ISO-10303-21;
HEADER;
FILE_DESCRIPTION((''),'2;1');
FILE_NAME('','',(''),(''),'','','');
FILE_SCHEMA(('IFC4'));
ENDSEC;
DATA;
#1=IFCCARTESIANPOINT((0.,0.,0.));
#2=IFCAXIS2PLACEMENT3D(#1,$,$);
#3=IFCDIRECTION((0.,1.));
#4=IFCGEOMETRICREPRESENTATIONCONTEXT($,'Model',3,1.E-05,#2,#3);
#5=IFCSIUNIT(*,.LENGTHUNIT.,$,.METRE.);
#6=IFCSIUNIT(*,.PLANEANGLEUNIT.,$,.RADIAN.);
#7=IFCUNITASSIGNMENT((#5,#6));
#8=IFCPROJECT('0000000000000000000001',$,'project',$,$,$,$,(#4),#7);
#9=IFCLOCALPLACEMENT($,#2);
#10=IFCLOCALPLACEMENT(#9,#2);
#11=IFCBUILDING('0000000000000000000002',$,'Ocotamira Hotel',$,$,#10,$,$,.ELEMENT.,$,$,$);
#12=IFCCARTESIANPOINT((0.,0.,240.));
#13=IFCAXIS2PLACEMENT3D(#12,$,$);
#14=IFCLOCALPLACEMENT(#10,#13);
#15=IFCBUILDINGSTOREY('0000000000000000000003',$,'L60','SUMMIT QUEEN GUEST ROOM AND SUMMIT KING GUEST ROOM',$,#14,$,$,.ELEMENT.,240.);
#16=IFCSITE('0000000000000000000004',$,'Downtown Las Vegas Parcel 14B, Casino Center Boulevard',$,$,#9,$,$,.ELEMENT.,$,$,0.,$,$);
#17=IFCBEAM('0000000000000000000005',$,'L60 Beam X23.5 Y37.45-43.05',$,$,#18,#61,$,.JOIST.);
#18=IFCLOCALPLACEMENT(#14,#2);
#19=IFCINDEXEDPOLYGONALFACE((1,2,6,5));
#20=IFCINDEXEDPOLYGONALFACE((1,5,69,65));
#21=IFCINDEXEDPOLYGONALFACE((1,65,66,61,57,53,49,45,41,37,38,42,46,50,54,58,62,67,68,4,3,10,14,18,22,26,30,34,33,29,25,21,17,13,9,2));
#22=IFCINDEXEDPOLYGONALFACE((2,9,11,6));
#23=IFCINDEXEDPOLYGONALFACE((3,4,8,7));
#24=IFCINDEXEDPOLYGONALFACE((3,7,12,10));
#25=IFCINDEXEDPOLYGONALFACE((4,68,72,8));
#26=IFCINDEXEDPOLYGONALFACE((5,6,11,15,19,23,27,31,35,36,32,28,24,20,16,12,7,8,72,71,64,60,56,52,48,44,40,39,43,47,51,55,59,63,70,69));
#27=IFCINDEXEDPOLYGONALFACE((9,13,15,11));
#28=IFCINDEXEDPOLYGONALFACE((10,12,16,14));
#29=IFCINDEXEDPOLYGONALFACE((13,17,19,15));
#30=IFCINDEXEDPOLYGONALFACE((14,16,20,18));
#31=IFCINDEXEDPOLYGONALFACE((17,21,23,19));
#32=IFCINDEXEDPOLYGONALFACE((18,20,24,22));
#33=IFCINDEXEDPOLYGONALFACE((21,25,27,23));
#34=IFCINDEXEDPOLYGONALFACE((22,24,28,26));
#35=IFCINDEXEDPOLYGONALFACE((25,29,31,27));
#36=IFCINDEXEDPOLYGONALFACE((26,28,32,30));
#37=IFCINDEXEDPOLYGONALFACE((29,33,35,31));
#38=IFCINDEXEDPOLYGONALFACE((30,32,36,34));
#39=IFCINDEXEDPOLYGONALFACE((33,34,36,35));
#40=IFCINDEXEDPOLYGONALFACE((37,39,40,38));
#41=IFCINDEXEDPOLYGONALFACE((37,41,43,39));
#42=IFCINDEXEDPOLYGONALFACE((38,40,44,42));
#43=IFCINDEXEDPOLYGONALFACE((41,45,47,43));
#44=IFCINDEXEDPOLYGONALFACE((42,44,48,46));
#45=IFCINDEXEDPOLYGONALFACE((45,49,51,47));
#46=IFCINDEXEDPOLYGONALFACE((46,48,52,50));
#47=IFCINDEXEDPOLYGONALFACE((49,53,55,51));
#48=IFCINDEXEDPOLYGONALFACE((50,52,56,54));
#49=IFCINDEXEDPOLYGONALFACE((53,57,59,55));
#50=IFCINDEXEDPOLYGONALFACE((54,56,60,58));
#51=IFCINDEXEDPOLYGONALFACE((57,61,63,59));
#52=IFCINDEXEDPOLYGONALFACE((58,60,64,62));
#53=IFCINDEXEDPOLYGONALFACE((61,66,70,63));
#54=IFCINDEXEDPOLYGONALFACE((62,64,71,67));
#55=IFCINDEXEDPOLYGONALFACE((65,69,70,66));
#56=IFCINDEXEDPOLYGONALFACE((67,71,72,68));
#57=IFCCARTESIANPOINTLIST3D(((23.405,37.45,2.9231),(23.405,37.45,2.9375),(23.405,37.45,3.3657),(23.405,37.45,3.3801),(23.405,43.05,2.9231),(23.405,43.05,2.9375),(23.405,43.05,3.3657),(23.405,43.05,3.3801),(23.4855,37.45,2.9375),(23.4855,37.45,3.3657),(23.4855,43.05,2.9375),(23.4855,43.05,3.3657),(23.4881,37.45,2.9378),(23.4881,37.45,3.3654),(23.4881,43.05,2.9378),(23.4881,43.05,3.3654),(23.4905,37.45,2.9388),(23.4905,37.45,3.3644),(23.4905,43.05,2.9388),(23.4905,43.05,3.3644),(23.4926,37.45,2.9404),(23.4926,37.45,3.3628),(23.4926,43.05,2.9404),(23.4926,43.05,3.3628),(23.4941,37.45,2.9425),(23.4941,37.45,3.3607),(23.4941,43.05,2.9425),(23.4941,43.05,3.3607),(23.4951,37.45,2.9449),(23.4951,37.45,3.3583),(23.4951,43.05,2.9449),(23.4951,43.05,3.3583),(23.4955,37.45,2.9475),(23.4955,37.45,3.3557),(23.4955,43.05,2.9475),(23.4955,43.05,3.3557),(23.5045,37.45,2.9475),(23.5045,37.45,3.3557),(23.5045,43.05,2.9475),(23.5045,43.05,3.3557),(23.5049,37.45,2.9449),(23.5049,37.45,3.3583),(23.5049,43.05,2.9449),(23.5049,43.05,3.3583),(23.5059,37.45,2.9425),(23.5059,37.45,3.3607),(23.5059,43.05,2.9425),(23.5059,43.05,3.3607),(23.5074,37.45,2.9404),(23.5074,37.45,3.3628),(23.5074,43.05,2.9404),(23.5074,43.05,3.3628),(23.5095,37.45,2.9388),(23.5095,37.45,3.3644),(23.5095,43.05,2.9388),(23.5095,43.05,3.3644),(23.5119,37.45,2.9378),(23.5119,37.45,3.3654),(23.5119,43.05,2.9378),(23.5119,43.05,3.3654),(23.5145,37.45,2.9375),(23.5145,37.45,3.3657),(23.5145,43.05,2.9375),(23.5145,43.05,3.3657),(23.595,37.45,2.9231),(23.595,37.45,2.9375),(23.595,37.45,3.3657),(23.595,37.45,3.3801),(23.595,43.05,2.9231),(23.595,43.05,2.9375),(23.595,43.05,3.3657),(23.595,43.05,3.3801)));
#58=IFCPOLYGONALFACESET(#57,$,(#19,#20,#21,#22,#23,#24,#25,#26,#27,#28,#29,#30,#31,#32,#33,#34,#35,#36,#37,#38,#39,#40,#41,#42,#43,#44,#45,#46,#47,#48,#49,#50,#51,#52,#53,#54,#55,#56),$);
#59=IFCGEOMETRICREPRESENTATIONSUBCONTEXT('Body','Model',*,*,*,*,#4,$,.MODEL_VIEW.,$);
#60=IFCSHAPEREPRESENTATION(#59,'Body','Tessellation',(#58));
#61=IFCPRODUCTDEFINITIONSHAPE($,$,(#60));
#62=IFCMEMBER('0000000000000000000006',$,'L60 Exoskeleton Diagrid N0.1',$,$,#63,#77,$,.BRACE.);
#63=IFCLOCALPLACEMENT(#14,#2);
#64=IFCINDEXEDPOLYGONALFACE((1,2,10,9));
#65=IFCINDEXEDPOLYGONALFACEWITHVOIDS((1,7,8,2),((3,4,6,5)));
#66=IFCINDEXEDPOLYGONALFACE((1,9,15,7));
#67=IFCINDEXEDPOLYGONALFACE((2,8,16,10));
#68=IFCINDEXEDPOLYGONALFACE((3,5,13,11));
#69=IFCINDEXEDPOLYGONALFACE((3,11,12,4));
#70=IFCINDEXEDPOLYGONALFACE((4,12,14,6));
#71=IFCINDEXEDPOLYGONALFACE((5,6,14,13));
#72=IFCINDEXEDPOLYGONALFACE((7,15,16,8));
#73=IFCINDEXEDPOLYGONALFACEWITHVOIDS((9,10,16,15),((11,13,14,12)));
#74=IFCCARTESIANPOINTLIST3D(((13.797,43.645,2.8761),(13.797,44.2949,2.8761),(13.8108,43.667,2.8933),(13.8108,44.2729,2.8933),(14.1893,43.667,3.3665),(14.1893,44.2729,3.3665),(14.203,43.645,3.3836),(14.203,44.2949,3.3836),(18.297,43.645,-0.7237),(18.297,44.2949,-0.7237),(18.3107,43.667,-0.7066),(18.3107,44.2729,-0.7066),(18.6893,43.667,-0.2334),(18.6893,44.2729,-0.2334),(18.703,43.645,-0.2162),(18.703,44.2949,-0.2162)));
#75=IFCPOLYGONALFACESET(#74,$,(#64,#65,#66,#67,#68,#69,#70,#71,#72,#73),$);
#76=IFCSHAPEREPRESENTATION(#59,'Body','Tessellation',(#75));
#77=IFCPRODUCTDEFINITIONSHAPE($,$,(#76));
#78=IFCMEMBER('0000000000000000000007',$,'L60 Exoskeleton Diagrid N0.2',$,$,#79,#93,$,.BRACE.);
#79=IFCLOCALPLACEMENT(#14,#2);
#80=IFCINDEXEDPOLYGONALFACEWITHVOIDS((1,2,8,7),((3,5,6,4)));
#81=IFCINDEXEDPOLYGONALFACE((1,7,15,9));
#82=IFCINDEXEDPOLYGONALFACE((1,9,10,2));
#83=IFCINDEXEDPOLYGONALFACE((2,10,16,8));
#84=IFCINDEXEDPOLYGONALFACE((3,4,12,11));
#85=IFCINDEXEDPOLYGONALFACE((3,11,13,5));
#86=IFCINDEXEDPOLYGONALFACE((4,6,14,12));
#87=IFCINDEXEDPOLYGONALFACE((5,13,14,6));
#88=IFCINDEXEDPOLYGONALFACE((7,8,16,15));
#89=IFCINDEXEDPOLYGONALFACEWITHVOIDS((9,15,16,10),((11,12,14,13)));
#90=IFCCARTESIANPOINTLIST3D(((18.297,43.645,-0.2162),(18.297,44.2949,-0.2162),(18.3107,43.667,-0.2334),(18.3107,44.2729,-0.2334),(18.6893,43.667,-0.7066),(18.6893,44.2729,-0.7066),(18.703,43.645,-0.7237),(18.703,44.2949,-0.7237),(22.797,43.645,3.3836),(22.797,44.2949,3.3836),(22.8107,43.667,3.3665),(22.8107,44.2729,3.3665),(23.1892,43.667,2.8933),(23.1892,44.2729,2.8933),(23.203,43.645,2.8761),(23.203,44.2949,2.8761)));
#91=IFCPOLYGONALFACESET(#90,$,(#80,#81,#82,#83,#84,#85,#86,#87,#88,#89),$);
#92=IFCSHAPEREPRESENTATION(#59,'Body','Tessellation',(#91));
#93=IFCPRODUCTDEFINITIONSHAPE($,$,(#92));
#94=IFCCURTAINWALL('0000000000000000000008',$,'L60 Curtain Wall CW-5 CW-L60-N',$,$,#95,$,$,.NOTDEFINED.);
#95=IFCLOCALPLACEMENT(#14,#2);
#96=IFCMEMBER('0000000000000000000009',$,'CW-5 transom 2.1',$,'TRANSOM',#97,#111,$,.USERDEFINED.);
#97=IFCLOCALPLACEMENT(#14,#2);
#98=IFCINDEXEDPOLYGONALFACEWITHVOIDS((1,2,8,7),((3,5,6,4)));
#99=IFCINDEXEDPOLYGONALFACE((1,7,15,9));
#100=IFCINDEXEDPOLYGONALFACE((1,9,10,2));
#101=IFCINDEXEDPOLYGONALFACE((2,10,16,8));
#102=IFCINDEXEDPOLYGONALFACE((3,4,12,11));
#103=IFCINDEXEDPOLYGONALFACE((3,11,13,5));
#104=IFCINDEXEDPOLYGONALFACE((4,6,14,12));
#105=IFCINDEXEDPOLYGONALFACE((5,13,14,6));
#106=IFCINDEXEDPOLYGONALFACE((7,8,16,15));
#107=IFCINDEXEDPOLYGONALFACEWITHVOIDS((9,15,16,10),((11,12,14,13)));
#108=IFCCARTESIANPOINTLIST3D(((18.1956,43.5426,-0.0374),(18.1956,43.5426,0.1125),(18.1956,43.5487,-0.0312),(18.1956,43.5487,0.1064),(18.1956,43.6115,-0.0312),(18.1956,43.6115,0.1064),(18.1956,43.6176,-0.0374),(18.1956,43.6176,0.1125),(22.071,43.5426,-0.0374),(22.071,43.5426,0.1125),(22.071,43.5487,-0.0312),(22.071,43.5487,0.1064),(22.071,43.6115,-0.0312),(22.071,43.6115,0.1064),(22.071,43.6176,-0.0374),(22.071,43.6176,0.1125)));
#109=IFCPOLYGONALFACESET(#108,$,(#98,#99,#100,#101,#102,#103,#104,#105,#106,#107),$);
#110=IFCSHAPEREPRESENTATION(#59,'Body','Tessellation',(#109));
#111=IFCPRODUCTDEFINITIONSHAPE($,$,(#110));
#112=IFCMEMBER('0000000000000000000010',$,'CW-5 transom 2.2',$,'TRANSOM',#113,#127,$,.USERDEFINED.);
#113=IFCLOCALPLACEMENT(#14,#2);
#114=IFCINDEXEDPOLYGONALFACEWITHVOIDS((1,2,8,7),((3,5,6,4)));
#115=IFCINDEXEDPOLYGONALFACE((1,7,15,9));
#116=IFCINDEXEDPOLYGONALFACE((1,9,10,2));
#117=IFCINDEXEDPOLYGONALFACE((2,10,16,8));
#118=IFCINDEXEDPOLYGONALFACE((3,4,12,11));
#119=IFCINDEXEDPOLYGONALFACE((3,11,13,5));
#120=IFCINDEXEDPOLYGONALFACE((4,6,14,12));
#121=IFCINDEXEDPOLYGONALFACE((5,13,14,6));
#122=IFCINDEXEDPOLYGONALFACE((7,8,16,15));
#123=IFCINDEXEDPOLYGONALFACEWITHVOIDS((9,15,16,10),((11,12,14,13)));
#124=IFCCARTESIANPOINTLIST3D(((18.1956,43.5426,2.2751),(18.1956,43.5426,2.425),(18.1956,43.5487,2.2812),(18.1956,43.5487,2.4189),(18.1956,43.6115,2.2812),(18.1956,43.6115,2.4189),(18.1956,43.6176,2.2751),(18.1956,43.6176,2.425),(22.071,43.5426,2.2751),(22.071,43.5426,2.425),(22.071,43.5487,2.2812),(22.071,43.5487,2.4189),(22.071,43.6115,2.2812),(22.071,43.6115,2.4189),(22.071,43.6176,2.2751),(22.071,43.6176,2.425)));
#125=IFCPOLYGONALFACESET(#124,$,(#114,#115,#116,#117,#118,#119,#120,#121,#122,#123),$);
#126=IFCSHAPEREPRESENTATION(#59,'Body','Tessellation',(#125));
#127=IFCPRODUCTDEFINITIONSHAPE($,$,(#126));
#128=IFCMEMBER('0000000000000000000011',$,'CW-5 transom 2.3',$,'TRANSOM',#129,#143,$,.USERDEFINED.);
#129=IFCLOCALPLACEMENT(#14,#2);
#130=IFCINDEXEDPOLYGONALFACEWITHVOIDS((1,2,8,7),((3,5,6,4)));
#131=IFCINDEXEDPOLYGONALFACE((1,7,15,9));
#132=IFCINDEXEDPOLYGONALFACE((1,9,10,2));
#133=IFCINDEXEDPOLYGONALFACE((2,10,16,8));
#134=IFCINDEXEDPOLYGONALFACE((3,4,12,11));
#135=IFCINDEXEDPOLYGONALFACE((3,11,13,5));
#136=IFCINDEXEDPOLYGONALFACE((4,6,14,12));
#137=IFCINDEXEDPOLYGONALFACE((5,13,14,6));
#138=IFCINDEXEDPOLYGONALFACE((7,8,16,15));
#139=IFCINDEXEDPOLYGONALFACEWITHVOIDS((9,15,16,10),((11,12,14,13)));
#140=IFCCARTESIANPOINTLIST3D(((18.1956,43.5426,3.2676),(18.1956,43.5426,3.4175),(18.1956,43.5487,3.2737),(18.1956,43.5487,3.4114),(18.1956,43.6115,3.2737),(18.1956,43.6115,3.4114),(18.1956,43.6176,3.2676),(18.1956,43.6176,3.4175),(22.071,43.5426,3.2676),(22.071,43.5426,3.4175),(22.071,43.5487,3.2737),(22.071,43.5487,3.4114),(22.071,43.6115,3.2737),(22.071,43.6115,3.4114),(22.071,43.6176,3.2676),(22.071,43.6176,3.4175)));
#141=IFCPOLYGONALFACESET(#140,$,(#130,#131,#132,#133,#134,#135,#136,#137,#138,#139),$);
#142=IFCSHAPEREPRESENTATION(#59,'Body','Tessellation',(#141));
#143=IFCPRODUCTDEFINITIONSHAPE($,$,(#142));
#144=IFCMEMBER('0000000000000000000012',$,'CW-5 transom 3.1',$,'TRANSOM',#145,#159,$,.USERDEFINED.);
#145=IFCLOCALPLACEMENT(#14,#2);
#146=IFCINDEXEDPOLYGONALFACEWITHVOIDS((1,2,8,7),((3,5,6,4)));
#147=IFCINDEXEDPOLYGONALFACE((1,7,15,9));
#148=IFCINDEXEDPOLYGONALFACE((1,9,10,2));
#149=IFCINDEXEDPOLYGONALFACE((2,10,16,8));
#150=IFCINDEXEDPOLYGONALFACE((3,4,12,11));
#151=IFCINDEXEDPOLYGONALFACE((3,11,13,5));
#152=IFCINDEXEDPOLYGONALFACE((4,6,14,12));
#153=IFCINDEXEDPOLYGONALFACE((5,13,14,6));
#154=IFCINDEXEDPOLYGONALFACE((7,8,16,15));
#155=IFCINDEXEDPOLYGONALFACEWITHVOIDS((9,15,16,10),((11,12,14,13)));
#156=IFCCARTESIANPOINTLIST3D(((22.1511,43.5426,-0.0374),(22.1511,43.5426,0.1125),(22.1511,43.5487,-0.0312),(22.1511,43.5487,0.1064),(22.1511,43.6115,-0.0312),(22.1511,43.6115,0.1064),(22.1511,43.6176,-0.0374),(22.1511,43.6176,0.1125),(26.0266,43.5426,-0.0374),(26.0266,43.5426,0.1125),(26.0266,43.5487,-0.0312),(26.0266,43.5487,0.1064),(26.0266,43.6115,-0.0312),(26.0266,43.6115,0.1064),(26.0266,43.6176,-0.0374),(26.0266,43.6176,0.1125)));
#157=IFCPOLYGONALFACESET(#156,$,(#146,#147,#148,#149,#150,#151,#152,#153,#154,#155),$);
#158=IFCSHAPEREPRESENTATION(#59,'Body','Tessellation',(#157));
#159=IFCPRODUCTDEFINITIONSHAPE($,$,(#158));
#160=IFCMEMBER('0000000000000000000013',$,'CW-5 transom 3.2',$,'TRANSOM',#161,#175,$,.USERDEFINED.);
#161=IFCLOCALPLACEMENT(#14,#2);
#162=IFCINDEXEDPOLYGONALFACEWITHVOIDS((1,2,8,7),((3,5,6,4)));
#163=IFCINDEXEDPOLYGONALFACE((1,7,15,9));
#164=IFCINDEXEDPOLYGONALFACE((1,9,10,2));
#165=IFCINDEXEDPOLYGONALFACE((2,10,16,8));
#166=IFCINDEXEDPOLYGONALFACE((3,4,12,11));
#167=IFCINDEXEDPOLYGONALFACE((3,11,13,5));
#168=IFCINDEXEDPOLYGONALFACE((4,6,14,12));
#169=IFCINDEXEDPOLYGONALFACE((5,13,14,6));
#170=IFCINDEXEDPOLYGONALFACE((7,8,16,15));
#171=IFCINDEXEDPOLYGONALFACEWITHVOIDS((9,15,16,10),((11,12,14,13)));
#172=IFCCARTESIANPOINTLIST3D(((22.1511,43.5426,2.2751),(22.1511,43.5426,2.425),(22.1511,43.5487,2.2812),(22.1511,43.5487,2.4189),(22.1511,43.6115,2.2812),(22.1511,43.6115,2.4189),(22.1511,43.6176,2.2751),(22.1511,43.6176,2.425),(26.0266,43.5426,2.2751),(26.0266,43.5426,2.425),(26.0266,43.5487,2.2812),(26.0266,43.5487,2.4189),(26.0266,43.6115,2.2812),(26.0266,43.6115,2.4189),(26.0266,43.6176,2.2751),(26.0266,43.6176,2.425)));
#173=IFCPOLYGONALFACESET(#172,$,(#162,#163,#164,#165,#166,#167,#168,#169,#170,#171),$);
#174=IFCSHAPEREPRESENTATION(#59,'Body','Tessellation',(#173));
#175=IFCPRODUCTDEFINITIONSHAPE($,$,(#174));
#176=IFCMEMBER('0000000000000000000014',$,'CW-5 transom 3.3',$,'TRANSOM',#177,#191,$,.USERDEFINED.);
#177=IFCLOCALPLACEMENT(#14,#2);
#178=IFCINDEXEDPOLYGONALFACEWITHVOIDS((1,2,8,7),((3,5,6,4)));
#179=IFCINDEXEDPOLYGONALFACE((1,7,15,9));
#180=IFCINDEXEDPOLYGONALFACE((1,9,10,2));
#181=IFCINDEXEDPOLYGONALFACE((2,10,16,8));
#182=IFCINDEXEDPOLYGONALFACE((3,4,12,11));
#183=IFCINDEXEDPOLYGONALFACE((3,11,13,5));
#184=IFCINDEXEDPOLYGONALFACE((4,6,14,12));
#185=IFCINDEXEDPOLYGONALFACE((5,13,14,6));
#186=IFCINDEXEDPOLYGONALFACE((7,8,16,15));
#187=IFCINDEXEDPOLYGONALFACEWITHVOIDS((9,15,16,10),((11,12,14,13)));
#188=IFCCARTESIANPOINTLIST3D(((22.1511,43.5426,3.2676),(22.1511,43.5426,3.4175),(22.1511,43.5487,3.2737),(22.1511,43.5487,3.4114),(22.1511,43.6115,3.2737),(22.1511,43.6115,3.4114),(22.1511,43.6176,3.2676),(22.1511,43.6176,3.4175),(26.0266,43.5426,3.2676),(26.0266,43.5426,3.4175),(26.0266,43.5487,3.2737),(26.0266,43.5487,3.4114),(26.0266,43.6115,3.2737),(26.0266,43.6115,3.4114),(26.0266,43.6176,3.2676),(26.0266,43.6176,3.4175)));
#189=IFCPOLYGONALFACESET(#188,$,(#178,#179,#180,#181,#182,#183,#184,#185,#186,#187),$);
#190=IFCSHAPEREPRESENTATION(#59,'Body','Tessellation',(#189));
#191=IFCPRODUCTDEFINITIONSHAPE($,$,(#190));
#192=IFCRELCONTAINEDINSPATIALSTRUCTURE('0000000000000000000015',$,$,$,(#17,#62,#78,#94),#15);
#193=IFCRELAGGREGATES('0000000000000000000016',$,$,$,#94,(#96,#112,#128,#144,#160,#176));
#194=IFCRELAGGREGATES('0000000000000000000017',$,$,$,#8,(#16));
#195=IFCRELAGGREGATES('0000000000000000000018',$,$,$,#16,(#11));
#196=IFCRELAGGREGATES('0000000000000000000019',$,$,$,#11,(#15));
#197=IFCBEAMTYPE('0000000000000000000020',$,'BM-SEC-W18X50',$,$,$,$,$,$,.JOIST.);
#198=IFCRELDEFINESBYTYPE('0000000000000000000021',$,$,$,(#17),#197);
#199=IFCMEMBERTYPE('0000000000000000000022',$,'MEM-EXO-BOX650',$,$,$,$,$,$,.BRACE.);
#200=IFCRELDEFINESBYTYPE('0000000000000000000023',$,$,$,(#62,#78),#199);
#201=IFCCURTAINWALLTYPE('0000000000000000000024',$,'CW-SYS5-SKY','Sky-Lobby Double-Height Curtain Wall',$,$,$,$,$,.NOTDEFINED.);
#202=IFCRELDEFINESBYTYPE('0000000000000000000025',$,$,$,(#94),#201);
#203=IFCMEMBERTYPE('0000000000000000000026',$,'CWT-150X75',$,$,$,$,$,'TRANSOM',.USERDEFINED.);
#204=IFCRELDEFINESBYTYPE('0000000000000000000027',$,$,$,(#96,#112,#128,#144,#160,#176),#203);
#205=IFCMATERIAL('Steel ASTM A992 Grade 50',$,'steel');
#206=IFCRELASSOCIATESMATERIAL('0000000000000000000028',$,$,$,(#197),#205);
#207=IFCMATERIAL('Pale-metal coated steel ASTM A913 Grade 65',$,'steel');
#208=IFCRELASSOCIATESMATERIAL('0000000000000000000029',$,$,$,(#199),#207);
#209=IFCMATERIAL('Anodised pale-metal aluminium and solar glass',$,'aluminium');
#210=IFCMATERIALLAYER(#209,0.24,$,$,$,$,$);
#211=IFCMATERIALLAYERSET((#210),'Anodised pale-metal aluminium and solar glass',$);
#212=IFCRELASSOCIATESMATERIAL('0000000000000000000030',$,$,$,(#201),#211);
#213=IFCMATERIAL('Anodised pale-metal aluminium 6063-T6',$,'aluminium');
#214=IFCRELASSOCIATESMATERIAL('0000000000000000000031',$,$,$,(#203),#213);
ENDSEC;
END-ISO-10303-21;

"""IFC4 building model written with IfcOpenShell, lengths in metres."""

from ifc_helpers import new_model, si_unit, direction, frame, origin, origin_2d, place, context, subcontext, project, spatial, hollow_rectangle, i_section, extrude, source, transform, mapped, material, layer, layer_set, material_profile, profile_set, type_object, element, aggregate, save


model = new_model("IFC4")

# Units and contexts
model_context = context("Model", 3, precision=1e-05, world=origin(), true_north=direction((0.0, 1.0)))
body_context = subcontext(model_context, "Body", "Model", "MODEL_VIEW")
ifc_project = project(units=[si_unit("LENGTHUNIT", "METRE"), si_unit("PLANEANGLEUNIT", "RADIAN")], contexts=[model_context])

# Site, building, storey
site_placement = place(None, origin())
site = spatial("IfcSite", under=ifc_project, at=site_placement, Name="Downtown Las Vegas Parcel 14B, Casino Center Boulevard", CompositionType="ELEMENT", RefElevation=0.0)
building_placement = place(site_placement, origin())
building = spatial("IfcBuilding", under=site, at=building_placement, Name="Ocotamira Hotel", CompositionType="ELEMENT")
storey_placement = place(building_placement, frame((0.0, 0.0, 240.0)))
storey = spatial("IfcBuildingStorey", under=building, at=storey_placement, Name="L60", Description="SUMMIT QUEEN GUEST ROOM AND SUMMIT KING GUEST ROOM", CompositionType="ELEMENT", Elevation=240.0)

# Shared definitions
ifc_material_1 = material(Name="Steel ASTM A992 Grade 50", Category="steel")

# Beam
ifc_material_profile_1 = material_profile(ifc_material_1, i_section(OverallWidth=0.1899, OverallDepth=0.457, WebThickness=0.009, FlangeThickness=0.0144, FilletRadius=0.01, at=origin_2d()), Name="W18X50")
ifc_profile_set_1 = profile_set([ifc_material_profile_1], Name="Steel ASTM A992 Grade 50")
beam_type_1 = type_object("IfcBeamType", Name="BM-SEC-W18X50", PredefinedType="JOIST", material=ifc_profile_set_1)
shared_shape_1 = source(origin(), body_context, "Body", "SweptSolid", [
    extrude(i_section(OverallWidth=0.1899, OverallDepth=0.457, WebThickness=0.009, FlangeThickness=0.0144, FilletRadius=0.01, at=origin_2d()), origin(), (0.0, 0.0, 1.0), 5.6001),
])
beam_1_placement = place(storey_placement, frame((23.5, 37.45, 3.1516), z_axis=(0.0, 1.0, 0.0), x_axis=(-1.0, 0.0, 0.0)))
element("IfcBeam", 1, at=beam_1_placement, inside=storey, type_object=beam_type_1, Name="L60 Beam X23.5 Y37.45-43.05", PredefinedType="JOIST", context=body_context, shape_type="MappedRepresentation", body=[
    mapped(shared_shape_1, transform((0.0, 0.0, 0.0), scale=1.0)),
])

# Members
ifc_material_2 = material(Name="Pale-metal coated steel ASTM A913 Grade 65", Category="steel")
ifc_material_profile_2 = material_profile(ifc_material_2, hollow_rectangle(XDim=0.6499, YDim=0.6499, WallThickness=0.022, at=origin_2d()), Name="BOX650X650X22")
ifc_profile_set_2 = profile_set([ifc_material_profile_2], Name="Pale-metal coated steel ASTM A913 Grade 65")
member_type_1 = type_object("IfcMemberType", Name="MEM-EXO-BOX650", PredefinedType="BRACE", material=ifc_profile_set_2)
shared_shape_2 = source(origin(), body_context, "Body", "SweptSolid", [
    extrude(hollow_rectangle(XDim=0.6499, YDim=0.6499, WallThickness=0.022, at=origin_2d()), origin(), (0.0, 0.0, 1.0), 5.7627),
])
for number, where, z_axis, x_axis, name in (
    (2, (18.5, 43.97, -0.47), (-0.780881, 0.0, 0.62468), (0.0, -1.0, 0.0), "L60 Exoskeleton Diagrid N0.1"),
    (3, (18.5, 43.97, -0.47), (0.780881, 0.0, 0.62468), (0.0, 1.0, 0.0), "L60 Exoskeleton Diagrid N0.2"),
):
    element("IfcMember", number, at=place(storey_placement, frame(where, z_axis=z_axis, x_axis=x_axis)), inside=storey, type_object=member_type_1, Name=name, PredefinedType="BRACE", context=body_context, shape_type="MappedRepresentation", body=[
        mapped(shared_shape_2, transform((0.0, 0.0, 0.0), scale=1.0)),
    ])

# Curtain wall, members
ifc_material_3 = material(Name="Anodised pale-metal aluminium and solar glass", Category="aluminium")
ifc_layer_1 = layer(ifc_material_3, 0.24)
ifc_layer_set_1 = layer_set([ifc_layer_1], Name="Anodised pale-metal aluminium and solar glass")
curtain_wall_type = type_object("IfcCurtainWallType", Name="CW-SYS5-SKY", Description="Sky-Lobby Double-Height Curtain Wall", PredefinedType="NOTDEFINED", material=ifc_layer_set_1)
curtain_wall_placement = place(storey_placement, origin())
curtain_wall = element("IfcCurtainWall", 4, at=curtain_wall_placement, inside=storey, type_object=curtain_wall_type, Name="L60 Curtain Wall CW-5 CW-L60-N", PredefinedType="NOTDEFINED")
ifc_material_4 = material(Name="Anodised pale-metal aluminium 6063-T6", Category="aluminium")
ifc_material_profile_3 = material_profile(ifc_material_4, hollow_rectangle(XDim=0.075, YDim=0.1499, WallThickness=0.0061, at=origin_2d()), Name="HSS150X75X6")
ifc_profile_set_3 = profile_set([ifc_material_profile_3], Name="Anodised pale-metal aluminium 6063-T6")
member_type_2 = type_object("IfcMemberType", Name="CWT-150X75", ElementType="TRANSOM", PredefinedType="USERDEFINED", material=ifc_profile_set_3)
shared_shape_3 = source(origin(), body_context, "Body", "SweptSolid", [
    extrude(hollow_rectangle(XDim=0.075, YDim=0.1499, WallThickness=0.0061, at=origin_2d()), origin(), (0.0, 0.0, 1.0), 3.8755),
])
member_1_placement = place(storey_placement, frame((18.1956, 43.5801, 0.0376), z_axis=(1.0, 0.0, 0.0), x_axis=(0.0, 1.0, 0.0)))
member_1 = element("IfcMember", 5, at=member_1_placement, type_object=member_type_2, Name="CW-5 transom 2.1", ObjectType="TRANSOM", PredefinedType="USERDEFINED", context=body_context, shape_type="MappedRepresentation", body=[
    mapped(shared_shape_3, transform((0.0, 0.0, 0.0), scale=1.0)),
])
member_2_placement = place(storey_placement, frame((18.1956, 43.5801, 2.3501), z_axis=(1.0, 0.0, 0.0), x_axis=(0.0, 1.0, 0.0)))
member_2 = element("IfcMember", 6, at=member_2_placement, type_object=member_type_2, Name="CW-5 transom 2.2", ObjectType="TRANSOM", PredefinedType="USERDEFINED", context=body_context, shape_type="MappedRepresentation", body=[
    mapped(shared_shape_3, transform((0.0, 0.0, 0.0), scale=1.0)),
])
member_3_placement = place(storey_placement, frame((18.1956, 43.5801, 3.3425), z_axis=(1.0, 0.0, 0.0), x_axis=(0.0, 1.0, 0.0)))
member_3 = element("IfcMember", 7, at=member_3_placement, type_object=member_type_2, Name="CW-5 transom 2.3", ObjectType="TRANSOM", PredefinedType="USERDEFINED", context=body_context, shape_type="MappedRepresentation", body=[
    mapped(shared_shape_3, transform((0.0, 0.0, 0.0), scale=1.0)),
])
member_4_placement = place(storey_placement, frame((22.1511, 43.5801, 0.0376), z_axis=(1.0, 0.0, 0.0), x_axis=(0.0, 1.0, 0.0)))
member_4 = element("IfcMember", 8, at=member_4_placement, type_object=member_type_2, Name="CW-5 transom 3.1", ObjectType="TRANSOM", PredefinedType="USERDEFINED", context=body_context, shape_type="MappedRepresentation", body=[
    mapped(shared_shape_3, transform((0.0, 0.0, 0.0), scale=1.0)),
])
member_5_placement = place(storey_placement, frame((22.1511, 43.5801, 2.3501), z_axis=(1.0, 0.0, 0.0), x_axis=(0.0, 1.0, 0.0)))
member_5 = element("IfcMember", 9, at=member_5_placement, type_object=member_type_2, Name="CW-5 transom 3.2", ObjectType="TRANSOM", PredefinedType="USERDEFINED", context=body_context, shape_type="MappedRepresentation", body=[
    mapped(shared_shape_3, transform((0.0, 0.0, 0.0), scale=1.0)),
])
member_6_placement = place(storey_placement, frame((22.1511, 43.5801, 3.3425), z_axis=(1.0, 0.0, 0.0), x_axis=(0.0, 1.0, 0.0)))
member_6 = element("IfcMember", 10, at=member_6_placement, type_object=member_type_2, Name="CW-5 transom 3.3", ObjectType="TRANSOM", PredefinedType="USERDEFINED", context=body_context, shape_type="MappedRepresentation", body=[
    mapped(shared_shape_3, transform((0.0, 0.0, 0.0), scale=1.0)),
])

aggregate(curtain_wall, [member_1, member_2, member_3, member_4, member_5, member_6])

save(model, "model.ifc")
